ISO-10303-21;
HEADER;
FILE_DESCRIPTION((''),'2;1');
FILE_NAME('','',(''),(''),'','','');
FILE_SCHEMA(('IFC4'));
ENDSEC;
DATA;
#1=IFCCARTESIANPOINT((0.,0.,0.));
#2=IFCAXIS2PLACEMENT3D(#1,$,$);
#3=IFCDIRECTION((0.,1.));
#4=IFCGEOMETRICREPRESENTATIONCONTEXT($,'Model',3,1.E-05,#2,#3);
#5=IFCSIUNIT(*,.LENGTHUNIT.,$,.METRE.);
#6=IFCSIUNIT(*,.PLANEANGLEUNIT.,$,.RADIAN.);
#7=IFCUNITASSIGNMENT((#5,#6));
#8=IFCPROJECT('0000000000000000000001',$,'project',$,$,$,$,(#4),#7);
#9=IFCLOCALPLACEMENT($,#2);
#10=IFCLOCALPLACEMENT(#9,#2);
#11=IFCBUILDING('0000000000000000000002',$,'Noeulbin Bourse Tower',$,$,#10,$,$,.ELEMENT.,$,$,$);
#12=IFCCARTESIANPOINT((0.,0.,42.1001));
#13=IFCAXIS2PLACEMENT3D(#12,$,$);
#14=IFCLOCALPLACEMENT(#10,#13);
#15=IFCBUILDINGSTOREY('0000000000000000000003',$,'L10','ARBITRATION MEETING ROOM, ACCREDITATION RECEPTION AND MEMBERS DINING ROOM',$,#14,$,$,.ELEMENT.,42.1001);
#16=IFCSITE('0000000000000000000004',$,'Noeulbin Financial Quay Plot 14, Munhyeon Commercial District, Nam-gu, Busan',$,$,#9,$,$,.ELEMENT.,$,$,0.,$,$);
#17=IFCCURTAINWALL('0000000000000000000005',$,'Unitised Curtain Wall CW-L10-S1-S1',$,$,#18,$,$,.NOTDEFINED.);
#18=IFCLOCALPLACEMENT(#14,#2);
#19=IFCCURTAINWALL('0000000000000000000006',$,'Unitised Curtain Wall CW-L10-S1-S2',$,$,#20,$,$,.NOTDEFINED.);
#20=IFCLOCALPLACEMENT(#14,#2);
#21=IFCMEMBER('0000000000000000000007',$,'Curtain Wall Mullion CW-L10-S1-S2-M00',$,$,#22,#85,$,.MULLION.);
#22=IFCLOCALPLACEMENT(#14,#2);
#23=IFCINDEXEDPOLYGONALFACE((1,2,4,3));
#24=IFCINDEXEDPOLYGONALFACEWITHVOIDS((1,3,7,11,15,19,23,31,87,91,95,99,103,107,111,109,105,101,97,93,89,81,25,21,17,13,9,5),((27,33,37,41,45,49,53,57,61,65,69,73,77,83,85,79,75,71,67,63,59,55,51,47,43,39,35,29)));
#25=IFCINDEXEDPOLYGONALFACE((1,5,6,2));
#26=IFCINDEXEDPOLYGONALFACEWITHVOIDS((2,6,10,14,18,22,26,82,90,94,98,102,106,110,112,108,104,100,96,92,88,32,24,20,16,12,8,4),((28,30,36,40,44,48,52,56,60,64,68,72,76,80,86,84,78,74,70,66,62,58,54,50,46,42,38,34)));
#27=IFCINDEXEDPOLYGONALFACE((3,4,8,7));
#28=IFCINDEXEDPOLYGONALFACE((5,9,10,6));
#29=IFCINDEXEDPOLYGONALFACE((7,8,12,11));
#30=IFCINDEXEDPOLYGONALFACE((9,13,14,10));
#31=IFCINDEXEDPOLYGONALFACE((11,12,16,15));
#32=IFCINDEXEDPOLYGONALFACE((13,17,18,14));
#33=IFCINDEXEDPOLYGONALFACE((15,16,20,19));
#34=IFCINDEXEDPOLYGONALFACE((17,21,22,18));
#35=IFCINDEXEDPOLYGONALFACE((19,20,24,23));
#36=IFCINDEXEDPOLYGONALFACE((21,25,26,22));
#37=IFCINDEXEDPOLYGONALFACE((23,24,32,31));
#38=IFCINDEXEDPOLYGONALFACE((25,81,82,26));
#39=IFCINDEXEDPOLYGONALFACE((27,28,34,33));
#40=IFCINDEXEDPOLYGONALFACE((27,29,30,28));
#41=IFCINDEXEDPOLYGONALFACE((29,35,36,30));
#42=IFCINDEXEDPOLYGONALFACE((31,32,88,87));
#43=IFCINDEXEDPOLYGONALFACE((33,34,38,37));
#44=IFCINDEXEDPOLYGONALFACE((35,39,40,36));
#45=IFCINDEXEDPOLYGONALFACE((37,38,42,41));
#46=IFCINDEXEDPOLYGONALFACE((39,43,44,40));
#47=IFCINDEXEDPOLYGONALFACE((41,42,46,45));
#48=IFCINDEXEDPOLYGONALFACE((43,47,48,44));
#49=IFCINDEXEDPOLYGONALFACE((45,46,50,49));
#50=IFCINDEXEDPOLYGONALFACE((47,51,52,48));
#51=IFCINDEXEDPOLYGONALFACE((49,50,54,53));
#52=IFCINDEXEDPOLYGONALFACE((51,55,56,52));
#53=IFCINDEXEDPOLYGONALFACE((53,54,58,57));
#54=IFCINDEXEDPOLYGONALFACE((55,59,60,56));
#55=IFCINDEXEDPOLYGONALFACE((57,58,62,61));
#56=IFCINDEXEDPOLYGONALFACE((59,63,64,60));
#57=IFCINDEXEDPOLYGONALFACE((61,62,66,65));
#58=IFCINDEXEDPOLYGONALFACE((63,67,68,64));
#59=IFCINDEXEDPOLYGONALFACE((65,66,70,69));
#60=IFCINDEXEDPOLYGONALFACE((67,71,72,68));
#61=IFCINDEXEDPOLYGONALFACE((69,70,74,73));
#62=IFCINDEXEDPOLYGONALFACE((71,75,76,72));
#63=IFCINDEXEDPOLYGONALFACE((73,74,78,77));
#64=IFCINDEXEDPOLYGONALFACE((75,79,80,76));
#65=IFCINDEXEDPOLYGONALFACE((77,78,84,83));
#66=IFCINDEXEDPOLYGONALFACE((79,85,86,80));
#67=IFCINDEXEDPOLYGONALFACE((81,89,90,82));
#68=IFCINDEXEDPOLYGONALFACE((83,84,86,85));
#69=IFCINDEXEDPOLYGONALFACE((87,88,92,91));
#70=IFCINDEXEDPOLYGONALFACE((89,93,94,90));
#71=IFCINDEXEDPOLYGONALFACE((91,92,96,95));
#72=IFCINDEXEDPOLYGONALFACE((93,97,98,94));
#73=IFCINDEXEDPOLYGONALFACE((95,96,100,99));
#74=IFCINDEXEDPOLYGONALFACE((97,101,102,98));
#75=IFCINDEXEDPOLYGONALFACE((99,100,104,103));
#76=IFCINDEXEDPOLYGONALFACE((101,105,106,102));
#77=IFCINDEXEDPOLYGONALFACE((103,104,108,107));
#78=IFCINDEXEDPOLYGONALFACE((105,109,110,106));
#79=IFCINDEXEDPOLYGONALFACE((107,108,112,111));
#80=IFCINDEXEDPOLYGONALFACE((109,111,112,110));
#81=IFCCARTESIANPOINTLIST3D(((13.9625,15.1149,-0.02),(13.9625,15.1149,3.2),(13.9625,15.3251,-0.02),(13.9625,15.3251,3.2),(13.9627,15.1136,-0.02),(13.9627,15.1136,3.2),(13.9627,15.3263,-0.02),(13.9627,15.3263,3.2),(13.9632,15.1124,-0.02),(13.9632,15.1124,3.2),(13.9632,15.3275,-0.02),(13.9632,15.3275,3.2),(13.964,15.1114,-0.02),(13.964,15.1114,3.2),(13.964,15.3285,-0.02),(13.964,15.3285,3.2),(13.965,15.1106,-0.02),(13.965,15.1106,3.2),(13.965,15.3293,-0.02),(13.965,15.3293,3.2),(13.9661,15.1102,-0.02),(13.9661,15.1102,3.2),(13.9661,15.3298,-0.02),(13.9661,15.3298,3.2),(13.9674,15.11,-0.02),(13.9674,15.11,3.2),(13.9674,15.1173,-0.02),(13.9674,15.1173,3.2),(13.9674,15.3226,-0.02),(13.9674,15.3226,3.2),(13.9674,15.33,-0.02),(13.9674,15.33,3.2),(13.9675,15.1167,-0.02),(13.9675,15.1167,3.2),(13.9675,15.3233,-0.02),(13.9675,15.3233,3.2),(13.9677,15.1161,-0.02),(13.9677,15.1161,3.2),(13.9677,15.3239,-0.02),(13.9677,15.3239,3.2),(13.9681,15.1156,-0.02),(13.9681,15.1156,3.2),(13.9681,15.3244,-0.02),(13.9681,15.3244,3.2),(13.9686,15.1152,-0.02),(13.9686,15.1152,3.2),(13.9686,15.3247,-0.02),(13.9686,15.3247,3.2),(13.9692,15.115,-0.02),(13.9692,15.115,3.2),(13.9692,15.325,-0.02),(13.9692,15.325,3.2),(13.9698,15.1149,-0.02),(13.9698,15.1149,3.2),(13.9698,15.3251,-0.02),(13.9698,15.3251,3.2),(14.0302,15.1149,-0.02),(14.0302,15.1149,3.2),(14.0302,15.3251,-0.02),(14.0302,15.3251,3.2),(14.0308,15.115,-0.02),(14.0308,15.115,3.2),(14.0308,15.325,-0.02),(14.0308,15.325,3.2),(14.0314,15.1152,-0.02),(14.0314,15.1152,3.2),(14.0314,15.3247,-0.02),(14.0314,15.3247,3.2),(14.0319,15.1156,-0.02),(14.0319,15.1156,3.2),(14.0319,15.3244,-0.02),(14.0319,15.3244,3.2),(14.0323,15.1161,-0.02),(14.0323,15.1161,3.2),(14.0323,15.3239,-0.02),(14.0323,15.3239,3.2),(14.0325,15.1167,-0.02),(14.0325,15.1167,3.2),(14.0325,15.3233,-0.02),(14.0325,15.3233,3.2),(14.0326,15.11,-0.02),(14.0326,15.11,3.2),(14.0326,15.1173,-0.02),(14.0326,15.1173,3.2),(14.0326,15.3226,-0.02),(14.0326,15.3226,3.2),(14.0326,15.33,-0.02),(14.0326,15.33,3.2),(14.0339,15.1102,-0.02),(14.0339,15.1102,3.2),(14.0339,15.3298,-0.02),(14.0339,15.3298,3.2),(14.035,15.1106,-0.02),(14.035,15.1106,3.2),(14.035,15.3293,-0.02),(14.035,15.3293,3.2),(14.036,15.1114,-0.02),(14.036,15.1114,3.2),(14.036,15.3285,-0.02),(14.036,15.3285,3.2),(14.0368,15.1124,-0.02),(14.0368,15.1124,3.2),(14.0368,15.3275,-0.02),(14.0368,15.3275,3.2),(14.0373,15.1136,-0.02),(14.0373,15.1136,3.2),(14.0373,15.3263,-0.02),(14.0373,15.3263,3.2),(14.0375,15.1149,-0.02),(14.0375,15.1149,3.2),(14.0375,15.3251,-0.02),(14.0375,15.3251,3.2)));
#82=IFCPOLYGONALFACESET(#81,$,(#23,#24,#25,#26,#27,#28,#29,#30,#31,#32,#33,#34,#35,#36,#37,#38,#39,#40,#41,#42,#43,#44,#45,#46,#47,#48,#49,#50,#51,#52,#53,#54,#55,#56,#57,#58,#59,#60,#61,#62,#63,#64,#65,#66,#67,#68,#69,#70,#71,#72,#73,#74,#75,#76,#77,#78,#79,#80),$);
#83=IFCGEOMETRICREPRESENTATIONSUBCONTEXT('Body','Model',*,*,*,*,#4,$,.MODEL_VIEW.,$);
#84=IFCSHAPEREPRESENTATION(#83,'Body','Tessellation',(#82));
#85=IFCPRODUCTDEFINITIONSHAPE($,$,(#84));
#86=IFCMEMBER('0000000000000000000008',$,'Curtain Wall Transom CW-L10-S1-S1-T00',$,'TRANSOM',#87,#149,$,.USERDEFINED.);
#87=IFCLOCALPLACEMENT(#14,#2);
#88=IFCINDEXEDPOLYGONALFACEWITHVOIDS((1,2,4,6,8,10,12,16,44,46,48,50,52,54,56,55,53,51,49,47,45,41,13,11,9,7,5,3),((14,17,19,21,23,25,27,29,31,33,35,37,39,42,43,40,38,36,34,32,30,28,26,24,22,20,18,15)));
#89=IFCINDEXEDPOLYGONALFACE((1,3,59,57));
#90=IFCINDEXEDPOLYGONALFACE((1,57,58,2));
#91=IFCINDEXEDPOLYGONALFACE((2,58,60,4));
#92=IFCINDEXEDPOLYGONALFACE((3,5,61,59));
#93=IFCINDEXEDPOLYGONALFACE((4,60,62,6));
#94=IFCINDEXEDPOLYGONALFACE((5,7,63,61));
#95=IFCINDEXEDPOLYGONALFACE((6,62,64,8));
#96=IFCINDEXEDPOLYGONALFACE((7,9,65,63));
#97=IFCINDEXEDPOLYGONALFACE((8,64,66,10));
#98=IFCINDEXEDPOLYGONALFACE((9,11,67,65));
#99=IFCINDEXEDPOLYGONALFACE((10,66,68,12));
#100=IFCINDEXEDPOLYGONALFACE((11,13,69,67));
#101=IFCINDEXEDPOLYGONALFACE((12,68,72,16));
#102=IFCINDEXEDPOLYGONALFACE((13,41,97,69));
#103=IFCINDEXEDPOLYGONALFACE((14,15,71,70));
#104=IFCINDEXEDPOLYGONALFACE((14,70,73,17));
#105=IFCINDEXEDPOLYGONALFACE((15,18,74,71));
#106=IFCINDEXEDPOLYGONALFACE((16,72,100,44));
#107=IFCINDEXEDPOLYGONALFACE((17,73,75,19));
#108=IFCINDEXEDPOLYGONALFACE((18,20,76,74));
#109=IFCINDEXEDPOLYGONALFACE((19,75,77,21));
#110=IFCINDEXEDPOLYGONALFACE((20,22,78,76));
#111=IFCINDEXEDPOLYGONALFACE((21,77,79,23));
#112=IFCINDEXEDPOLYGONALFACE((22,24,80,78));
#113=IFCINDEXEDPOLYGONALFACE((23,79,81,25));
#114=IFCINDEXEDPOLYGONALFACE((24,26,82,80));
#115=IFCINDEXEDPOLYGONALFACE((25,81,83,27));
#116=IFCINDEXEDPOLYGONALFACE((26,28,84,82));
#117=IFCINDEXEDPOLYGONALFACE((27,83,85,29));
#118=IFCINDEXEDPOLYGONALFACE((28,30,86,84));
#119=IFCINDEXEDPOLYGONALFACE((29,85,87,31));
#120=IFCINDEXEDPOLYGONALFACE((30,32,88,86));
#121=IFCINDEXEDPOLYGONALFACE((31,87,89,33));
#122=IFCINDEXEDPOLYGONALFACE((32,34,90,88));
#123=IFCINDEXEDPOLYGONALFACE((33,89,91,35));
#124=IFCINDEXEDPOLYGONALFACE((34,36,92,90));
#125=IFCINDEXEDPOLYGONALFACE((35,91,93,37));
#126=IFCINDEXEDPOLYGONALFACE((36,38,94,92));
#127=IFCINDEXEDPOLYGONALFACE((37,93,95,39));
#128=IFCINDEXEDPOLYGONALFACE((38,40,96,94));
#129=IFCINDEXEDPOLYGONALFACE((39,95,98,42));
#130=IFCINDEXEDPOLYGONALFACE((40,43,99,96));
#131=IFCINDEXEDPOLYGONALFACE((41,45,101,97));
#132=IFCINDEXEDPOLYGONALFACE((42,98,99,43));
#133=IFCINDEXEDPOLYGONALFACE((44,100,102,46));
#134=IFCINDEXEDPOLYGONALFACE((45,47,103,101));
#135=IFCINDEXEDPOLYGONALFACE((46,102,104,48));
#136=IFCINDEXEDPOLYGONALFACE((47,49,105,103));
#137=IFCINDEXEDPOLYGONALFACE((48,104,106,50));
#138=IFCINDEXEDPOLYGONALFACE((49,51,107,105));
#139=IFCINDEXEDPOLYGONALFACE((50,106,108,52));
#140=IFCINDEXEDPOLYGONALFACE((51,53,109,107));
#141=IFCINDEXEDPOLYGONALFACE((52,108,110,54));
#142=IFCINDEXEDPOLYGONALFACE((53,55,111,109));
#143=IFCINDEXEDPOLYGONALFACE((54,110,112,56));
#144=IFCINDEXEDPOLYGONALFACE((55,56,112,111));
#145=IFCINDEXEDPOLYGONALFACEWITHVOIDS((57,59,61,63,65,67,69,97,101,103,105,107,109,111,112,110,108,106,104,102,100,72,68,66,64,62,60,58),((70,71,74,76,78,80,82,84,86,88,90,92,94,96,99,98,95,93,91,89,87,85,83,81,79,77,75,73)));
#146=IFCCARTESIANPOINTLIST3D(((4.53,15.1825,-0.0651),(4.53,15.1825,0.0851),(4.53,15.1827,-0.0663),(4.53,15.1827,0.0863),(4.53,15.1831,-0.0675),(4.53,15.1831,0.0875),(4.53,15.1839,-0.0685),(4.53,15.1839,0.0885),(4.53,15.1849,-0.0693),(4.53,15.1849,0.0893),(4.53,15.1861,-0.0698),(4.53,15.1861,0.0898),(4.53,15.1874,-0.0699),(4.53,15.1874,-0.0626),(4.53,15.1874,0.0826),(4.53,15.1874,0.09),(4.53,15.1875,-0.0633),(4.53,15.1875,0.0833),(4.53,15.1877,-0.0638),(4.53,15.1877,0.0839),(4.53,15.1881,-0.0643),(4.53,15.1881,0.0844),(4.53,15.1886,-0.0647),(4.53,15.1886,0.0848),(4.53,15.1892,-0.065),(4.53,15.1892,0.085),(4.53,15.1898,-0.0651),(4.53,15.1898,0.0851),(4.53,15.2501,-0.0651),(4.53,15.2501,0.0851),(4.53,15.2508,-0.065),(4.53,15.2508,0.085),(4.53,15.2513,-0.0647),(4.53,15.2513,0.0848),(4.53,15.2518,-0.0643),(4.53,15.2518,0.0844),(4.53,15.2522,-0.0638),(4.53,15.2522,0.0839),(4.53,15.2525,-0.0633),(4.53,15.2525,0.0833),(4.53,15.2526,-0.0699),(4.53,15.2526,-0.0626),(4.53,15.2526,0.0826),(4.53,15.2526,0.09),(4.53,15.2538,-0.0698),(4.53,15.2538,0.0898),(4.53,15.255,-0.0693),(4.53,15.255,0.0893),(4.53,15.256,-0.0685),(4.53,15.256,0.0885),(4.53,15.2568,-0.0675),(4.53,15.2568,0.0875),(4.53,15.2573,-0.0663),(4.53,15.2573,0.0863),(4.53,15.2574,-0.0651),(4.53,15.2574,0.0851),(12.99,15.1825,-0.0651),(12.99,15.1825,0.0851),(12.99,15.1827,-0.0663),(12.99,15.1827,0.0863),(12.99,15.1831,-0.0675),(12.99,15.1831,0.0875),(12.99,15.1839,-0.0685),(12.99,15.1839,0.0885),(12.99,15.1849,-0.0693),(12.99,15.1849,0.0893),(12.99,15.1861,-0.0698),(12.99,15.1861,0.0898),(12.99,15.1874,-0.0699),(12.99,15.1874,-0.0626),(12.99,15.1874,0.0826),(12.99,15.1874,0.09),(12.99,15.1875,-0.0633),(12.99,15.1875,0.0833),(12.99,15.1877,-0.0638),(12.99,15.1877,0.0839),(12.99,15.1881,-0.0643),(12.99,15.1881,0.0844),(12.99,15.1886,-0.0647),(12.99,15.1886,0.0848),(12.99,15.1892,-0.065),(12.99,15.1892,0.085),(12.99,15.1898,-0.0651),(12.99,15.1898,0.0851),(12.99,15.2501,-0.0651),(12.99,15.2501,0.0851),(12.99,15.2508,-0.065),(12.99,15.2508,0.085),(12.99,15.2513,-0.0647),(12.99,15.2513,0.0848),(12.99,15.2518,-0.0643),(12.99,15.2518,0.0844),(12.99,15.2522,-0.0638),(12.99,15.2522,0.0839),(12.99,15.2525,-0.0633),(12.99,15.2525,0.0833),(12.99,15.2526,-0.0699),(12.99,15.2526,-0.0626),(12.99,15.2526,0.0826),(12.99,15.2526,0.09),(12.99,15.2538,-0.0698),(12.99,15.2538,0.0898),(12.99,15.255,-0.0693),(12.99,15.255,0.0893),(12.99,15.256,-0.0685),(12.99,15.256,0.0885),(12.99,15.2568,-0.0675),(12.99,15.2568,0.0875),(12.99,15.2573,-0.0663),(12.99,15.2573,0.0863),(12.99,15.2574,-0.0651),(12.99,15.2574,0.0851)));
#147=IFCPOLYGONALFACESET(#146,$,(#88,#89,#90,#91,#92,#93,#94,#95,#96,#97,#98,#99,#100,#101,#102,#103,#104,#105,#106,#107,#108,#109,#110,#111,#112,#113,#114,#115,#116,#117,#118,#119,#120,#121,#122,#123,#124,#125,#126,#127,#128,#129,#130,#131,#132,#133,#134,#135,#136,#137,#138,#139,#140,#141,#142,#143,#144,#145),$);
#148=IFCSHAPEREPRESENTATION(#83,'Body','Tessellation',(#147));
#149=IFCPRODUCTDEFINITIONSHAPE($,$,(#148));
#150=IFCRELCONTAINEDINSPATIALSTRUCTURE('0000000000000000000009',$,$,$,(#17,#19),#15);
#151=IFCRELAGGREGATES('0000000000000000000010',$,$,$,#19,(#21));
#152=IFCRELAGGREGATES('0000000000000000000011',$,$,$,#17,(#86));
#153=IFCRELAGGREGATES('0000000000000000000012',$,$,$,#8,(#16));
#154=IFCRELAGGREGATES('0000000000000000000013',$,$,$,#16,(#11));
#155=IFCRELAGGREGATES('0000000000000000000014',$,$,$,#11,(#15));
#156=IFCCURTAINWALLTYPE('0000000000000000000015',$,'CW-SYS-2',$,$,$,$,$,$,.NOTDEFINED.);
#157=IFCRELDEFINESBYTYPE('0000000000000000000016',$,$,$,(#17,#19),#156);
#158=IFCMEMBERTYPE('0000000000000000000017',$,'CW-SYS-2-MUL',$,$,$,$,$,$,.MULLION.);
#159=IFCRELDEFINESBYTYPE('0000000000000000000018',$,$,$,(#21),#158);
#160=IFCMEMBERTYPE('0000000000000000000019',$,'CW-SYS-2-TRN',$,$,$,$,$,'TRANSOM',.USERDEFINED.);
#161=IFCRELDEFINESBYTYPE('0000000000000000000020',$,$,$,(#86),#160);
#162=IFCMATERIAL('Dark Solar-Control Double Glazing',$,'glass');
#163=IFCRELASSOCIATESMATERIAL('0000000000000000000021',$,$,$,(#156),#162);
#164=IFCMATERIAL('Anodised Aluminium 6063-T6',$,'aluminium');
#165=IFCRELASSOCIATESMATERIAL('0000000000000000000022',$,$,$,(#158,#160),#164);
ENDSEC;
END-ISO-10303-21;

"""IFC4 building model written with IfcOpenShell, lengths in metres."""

from ifc_helpers import new_model, si_unit, direction, frame, origin, origin_2d, place, context, subcontext, project, spatial, hollow_rectangle, extrude, material, material_profile, profile_set, type_object, element, aggregate, save


model = new_model("IFC4")

# Units and contexts
model_context = context("Model", 3, precision=1e-05, world=origin(), true_north=direction((0.0, 1.0)))
body_context = subcontext(model_context, "Body", "Model", "MODEL_VIEW")
ifc_project = project(units=[si_unit("LENGTHUNIT", "METRE"), si_unit("PLANEANGLEUNIT", "RADIAN")], contexts=[model_context])

# Site, building, storey
site_placement = place(None, origin())
site = spatial("IfcSite", under=ifc_project, at=site_placement, Name="Noeulbin Financial Quay Plot 14, Munhyeon Commercial District, Nam-gu, Busan", CompositionType="ELEMENT", RefElevation=0.0)
building_placement = place(site_placement, origin())
building = spatial("IfcBuilding", under=site, at=building_placement, Name="Noeulbin Bourse Tower", CompositionType="ELEMENT")
storey_placement = place(building_placement, frame((0.0, 0.0, 42.1001)))
storey = spatial("IfcBuildingStorey", under=building, at=storey_placement, Name="L10", Description="ARBITRATION MEETING ROOM, ACCREDITATION RECEPTION AND MEMBERS DINING ROOM", CompositionType="ELEMENT", Elevation=42.1001)

# Curtain wall
ifc_material_1 = material(Name="Dark Solar-Control Double Glazing", Category="glass")
curtain_wall_type = type_object("IfcCurtainWallType", Name="CW-SYS-2", PredefinedType="NOTDEFINED", material=ifc_material_1)
curtain_wall_1_placement = place(storey_placement, origin())
curtain_wall_1 = element("IfcCurtainWall", 1, at=curtain_wall_1_placement, inside=storey, type_object=curtain_wall_type, Name="Unitised Curtain Wall CW-L10-S1-S1", PredefinedType="NOTDEFINED")
ifc_material_2 = material(Name="Anodised Aluminium 6063-T6", Category="aluminium")
ifc_material_profile_1 = material_profile(ifc_material_2, hollow_rectangle(XDim=0.075, YDim=0.22, WallThickness=0.0049, InnerFilletRadius=0.0024, OuterFilletRadius=0.0049, at=origin_2d()), Name="ALU-MULL-75x220x5", Category="LoadBearing")
ifc_profile_set_1 = profile_set([ifc_material_profile_1], Name="Anodised Aluminium 6063-T6")
member_type_1 = type_object("IfcMemberType", Name="CW-SYS-2-MUL", PredefinedType="MULLION", material=ifc_profile_set_1)

# Curtain wall, member
curtain_wall_2_placement = place(storey_placement, origin())
curtain_wall_2 = element("IfcCurtainWall", 2, at=curtain_wall_2_placement, inside=storey, type_object=curtain_wall_type, Name="Unitised Curtain Wall CW-L10-S1-S2", PredefinedType="NOTDEFINED")
member_1_placement = place(storey_placement, frame((14.0, 15.22, -0.02), z_axis=(0.0, 0.0, 1.0), x_axis=(1.0, 0.0, 0.0)))
member_1 = element("IfcMember", 3, at=member_1_placement, type_object=member_type_1, Name="Curtain Wall Mullion CW-L10-S1-S2-M00", PredefinedType="MULLION", context=body_context, shape_type="SweptSolid", body=[
    extrude(hollow_rectangle(XDim=0.075, YDim=0.22, WallThickness=0.0049, InnerFilletRadius=0.0024, OuterFilletRadius=0.0049, at=origin_2d()), origin(), (0.0, 0.0, 1.0), 3.22),
])

# Member
ifc_material_profile_2 = material_profile(ifc_material_2, hollow_rectangle(XDim=0.075, YDim=0.1599, WallThickness=0.0049, InnerFilletRadius=0.0024, OuterFilletRadius=0.0049, at=origin_2d()), Name="ALU-TRAN-75x160x5", Category="LoadBearing")
ifc_profile_set_2 = profile_set([ifc_material_profile_2], Name="Anodised Aluminium 6063-T6")
member_type_2 = type_object("IfcMemberType", Name="CW-SYS-2-TRN", ElementType="TRANSOM", PredefinedType="USERDEFINED", material=ifc_profile_set_2)
member_2_placement = place(storey_placement, frame((4.53, 15.22, 0.01), z_axis=(1.0, 0.0, 0.0), x_axis=(0.0, 1.0, 0.0)))
member_2 = element("IfcMember", 4, at=member_2_placement, type_object=member_type_2, Name="Curtain Wall Transom CW-L10-S1-S1-T00", ObjectType="TRANSOM", PredefinedType="USERDEFINED", context=body_context, shape_type="SweptSolid", body=[
    extrude(hollow_rectangle(XDim=0.075, YDim=0.1599, WallThickness=0.0049, InnerFilletRadius=0.0024, OuterFilletRadius=0.0049, at=origin_2d()), origin(), (0.0, 0.0, 1.0), 8.46),
])
aggregate(curtain_wall_2, [member_1])

aggregate(curtain_wall_1, [member_2])

save(model, "model.ifc")
